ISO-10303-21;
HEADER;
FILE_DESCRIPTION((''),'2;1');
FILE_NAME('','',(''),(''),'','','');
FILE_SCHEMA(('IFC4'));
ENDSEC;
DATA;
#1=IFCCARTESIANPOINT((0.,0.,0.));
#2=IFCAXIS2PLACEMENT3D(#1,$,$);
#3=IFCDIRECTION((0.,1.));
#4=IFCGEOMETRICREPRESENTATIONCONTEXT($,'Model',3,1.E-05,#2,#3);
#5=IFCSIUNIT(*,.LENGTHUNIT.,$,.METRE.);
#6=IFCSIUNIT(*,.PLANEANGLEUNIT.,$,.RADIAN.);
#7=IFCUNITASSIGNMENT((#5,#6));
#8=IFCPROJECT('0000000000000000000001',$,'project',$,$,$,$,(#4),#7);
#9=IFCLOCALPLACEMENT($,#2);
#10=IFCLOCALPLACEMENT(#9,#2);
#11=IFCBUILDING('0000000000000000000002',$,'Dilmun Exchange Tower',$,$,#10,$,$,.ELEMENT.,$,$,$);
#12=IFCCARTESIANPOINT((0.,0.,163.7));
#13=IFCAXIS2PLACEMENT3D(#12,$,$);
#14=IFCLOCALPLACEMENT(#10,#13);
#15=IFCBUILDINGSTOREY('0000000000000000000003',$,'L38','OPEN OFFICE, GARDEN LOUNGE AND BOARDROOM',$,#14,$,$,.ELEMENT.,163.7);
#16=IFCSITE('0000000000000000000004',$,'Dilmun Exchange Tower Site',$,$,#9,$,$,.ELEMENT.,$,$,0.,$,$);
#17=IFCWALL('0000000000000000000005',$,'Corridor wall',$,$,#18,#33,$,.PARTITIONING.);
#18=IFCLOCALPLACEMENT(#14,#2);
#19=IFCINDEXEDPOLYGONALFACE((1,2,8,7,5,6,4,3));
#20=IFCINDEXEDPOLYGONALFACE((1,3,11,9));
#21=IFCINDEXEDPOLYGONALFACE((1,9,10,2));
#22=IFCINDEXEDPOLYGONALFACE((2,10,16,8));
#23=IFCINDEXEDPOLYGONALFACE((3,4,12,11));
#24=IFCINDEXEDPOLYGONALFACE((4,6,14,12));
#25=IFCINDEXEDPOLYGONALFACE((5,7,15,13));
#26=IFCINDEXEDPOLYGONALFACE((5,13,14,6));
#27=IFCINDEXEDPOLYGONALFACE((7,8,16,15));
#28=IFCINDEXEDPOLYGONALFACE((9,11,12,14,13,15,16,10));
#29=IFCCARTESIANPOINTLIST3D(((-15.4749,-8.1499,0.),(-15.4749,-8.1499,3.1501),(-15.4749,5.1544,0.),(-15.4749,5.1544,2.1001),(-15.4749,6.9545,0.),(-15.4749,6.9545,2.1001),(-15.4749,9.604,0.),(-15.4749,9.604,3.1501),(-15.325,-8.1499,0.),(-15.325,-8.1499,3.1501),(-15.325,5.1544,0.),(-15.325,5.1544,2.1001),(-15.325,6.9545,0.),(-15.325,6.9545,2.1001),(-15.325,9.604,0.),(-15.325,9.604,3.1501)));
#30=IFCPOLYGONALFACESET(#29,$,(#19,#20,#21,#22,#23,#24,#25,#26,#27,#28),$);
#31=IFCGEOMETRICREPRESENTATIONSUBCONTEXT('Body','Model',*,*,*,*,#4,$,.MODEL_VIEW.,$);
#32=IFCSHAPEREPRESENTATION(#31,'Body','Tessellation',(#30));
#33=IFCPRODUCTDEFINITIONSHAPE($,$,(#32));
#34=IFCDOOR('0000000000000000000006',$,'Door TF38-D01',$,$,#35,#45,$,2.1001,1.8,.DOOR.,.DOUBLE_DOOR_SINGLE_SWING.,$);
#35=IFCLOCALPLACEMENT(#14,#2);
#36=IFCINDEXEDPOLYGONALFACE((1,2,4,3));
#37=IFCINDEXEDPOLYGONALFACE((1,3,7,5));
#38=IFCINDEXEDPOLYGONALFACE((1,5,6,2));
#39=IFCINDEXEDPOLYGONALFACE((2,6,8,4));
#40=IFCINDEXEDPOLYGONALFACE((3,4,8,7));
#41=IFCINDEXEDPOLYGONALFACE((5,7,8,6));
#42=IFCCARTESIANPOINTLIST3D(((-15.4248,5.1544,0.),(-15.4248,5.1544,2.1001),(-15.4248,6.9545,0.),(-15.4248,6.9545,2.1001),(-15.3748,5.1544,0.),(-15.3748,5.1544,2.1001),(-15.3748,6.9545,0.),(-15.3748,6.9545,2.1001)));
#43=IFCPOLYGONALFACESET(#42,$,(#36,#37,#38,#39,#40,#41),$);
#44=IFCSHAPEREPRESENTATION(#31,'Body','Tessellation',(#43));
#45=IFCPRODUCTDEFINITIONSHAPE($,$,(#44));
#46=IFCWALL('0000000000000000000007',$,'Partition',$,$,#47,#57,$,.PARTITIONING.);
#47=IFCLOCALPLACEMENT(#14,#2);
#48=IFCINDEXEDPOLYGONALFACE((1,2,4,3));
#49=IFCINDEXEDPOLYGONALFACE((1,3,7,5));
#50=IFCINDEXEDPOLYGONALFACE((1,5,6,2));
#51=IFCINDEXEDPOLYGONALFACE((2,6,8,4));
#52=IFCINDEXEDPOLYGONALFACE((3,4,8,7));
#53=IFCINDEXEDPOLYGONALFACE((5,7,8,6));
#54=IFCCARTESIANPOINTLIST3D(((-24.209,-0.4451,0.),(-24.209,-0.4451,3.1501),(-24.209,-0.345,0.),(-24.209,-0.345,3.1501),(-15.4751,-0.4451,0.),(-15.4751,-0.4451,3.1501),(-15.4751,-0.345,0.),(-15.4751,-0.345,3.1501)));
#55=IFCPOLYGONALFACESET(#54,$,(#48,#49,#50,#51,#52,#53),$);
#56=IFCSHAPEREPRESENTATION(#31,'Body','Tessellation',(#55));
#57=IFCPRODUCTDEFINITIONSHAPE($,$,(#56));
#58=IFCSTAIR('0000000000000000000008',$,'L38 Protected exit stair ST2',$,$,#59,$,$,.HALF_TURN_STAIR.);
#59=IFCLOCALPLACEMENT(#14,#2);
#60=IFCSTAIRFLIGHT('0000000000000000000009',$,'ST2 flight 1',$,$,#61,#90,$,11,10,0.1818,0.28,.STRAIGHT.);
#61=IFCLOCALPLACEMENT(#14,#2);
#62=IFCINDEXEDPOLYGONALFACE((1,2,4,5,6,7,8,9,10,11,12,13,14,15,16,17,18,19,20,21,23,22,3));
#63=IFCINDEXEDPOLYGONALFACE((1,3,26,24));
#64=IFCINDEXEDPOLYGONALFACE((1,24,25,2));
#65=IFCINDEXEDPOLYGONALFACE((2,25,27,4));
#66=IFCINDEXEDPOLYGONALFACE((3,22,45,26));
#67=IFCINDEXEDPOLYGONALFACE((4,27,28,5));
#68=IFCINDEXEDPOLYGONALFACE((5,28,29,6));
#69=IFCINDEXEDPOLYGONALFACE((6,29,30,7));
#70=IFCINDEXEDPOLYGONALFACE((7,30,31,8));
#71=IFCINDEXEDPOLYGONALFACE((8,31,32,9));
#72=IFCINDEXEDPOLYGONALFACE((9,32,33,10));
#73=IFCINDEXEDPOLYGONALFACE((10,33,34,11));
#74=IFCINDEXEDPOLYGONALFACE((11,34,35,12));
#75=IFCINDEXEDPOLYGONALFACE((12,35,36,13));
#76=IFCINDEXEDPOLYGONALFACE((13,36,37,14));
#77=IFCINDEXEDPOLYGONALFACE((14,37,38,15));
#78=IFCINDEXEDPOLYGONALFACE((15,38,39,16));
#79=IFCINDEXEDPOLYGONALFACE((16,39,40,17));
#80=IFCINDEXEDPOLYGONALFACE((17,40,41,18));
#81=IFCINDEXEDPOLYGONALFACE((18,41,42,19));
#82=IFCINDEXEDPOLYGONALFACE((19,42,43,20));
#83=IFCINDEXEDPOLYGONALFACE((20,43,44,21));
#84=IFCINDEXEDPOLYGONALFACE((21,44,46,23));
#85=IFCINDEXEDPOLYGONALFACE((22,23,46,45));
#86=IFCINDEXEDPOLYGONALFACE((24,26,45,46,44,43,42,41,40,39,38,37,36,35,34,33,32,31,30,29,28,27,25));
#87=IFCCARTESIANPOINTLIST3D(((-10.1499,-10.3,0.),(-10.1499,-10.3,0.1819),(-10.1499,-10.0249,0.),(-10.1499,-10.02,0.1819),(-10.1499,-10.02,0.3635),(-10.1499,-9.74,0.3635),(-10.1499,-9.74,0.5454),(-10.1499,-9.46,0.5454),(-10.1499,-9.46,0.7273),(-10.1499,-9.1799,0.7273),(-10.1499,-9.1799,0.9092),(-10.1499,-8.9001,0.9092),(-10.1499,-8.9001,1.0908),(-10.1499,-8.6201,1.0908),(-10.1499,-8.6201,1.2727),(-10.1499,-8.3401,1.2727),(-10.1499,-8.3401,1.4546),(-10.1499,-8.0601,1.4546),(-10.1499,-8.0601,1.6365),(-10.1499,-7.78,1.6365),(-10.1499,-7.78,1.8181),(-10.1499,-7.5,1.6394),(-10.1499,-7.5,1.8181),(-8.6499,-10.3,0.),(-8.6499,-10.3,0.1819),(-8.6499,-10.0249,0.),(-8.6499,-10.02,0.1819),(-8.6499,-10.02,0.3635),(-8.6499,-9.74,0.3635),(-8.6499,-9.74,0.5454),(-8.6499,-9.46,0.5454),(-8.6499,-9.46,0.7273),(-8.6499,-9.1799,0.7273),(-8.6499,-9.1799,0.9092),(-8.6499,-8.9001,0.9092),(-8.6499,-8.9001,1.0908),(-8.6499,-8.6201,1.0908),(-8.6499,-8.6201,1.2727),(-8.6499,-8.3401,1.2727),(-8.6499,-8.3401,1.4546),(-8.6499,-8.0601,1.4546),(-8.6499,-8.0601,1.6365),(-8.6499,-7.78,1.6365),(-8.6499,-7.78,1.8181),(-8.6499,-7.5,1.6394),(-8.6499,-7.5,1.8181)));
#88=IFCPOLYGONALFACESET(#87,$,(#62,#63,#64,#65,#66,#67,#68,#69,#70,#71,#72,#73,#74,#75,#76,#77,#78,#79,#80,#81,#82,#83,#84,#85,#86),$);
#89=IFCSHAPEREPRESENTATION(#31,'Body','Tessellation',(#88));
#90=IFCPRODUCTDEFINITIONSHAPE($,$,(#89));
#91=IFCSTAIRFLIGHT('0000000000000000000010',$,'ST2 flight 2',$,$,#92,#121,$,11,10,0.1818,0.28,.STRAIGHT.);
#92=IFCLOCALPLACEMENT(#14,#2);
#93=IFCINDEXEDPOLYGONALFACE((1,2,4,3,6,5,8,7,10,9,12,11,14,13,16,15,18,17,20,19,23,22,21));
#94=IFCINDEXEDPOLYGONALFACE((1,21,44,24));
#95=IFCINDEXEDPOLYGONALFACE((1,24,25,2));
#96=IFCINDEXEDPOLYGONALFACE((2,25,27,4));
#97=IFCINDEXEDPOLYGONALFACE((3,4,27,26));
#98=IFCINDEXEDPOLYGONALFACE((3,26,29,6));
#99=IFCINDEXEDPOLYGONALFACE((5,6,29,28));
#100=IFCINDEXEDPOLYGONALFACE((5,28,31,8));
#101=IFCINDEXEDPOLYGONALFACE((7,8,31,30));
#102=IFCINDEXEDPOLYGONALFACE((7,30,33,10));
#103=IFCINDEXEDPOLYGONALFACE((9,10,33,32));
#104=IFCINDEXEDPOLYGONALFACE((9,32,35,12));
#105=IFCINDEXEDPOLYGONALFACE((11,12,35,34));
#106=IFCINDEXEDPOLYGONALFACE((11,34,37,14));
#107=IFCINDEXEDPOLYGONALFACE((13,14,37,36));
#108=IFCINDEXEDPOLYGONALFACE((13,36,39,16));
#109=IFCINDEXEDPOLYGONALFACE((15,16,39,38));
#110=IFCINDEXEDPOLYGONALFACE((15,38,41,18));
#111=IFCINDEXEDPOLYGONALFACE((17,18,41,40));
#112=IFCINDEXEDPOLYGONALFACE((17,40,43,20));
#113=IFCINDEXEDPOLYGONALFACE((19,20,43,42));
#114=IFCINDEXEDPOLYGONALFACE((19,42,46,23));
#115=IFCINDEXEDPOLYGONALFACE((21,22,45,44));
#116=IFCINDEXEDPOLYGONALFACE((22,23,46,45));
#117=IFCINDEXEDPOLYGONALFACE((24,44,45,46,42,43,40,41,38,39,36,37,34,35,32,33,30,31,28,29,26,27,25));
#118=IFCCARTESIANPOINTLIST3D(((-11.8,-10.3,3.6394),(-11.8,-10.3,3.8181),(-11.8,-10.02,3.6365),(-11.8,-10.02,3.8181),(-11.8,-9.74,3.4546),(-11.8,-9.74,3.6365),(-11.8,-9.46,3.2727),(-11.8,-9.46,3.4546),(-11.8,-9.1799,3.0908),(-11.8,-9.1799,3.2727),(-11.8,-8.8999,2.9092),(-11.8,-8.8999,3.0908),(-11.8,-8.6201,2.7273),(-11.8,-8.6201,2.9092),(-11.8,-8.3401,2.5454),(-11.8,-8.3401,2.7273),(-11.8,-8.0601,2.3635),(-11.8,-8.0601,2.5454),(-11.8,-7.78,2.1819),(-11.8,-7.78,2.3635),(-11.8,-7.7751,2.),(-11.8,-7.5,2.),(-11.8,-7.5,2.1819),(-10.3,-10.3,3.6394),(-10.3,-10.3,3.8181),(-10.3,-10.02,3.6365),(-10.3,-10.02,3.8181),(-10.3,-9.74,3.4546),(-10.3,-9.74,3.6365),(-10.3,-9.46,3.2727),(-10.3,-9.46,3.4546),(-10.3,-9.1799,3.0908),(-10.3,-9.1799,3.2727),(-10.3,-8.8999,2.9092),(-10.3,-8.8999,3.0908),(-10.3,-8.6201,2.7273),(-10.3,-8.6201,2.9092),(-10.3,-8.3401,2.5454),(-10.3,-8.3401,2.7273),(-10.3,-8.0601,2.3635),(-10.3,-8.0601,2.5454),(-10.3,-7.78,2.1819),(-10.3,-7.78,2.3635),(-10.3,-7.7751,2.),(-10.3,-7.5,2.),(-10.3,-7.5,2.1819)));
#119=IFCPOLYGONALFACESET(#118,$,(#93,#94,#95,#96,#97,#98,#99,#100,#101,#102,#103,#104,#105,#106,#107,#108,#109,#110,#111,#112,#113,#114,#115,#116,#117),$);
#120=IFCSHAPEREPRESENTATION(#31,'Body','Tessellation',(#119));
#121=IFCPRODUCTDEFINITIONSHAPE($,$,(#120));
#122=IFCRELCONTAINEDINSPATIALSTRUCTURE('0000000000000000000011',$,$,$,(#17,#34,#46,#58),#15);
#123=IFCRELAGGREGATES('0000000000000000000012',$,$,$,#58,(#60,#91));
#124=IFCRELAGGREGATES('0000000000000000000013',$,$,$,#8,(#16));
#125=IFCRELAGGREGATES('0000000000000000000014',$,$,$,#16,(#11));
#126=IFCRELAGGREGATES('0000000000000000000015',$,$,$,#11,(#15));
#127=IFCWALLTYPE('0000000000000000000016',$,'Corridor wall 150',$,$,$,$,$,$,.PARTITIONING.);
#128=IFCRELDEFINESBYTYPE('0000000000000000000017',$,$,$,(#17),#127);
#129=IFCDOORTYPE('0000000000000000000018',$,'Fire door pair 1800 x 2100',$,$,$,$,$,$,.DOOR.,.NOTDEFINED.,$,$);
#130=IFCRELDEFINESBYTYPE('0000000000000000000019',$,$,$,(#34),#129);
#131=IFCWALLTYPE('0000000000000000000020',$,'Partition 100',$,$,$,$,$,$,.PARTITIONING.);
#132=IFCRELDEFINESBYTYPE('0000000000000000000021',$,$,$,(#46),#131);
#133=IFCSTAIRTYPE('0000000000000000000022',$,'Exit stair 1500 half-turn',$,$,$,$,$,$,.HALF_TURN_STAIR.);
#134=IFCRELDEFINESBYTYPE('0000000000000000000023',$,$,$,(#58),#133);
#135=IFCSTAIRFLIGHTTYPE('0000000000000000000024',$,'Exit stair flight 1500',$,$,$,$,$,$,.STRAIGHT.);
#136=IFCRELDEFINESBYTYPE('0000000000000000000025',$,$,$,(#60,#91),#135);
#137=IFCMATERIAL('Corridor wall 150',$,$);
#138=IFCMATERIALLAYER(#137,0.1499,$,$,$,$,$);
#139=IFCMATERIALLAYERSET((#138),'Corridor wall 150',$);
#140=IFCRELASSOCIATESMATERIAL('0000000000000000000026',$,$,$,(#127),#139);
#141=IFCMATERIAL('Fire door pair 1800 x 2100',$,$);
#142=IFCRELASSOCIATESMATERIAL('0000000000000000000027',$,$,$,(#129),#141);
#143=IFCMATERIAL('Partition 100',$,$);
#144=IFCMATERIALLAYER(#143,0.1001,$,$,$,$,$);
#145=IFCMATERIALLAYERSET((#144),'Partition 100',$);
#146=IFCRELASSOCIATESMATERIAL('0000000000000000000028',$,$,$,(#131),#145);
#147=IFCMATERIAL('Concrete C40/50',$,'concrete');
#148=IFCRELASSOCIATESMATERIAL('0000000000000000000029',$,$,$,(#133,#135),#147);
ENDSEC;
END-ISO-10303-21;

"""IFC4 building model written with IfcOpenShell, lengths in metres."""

from ifc_helpers import new_model, si_unit, direction, frame, frame_2d, origin, place, context, subcontext, project, spatial, polyline, rectangle, outline, extrude, material, layer, layer_set, type_object, element, fill, aggregate, save


model = new_model("IFC4")

# Units and contexts
model_context = context("Model", 3, precision=1e-05, world=origin(), true_north=direction((0.0, 1.0)))
body_context = subcontext(model_context, "Body", "Model", "MODEL_VIEW")
ifc_project = project(units=[si_unit("LENGTHUNIT", "METRE"), si_unit("PLANEANGLEUNIT", "RADIAN")], contexts=[model_context])

# Site, building, storey
site_placement = place(None, origin())
site = spatial("IfcSite", under=ifc_project, at=site_placement, Name="Dilmun Exchange Tower Site", CompositionType="ELEMENT", RefElevation=0.0)
building_placement = place(site_placement, origin())
building = spatial("IfcBuilding", under=site, at=building_placement, Name="Dilmun Exchange Tower", CompositionType="ELEMENT")
storey_placement = place(building_placement, frame((0.0, 0.0, 163.7)))
storey = spatial("IfcBuildingStorey", under=building, at=storey_placement, Name="L38", Description="OPEN OFFICE, GARDEN LOUNGE AND BOARDROOM", CompositionType="ELEMENT", Elevation=163.7)

# Shared definitions
ifc_material_1 = material(Name="Concrete C40/50", Category="concrete")

# Shared definitions
ifc_material_2 = material(Name="Corridor wall 150")
ifc_layer_1 = layer(ifc_material_2, 0.1499)
ifc_layer_set_1 = layer_set([ifc_layer_1], Name="Corridor wall 150")
wall_type_1 = type_object("IfcWallType", Name="Corridor wall 150", PredefinedType="PARTITIONING", material=ifc_layer_set_1)

# Wall, opening, door
wall_1_placement = place(storey_placement, frame((-15.3999, -8.1499, 0.0), z_axis=(0.0, 0.0, 1.0), x_axis=(0.0, 1.0, 0.0)))
wall_1 = element("IfcWall", 1, at=wall_1_placement, inside=storey, type_object=wall_type_1, Name="Corridor wall", PredefinedType="PARTITIONING", context=body_context, shape_type="SweptSolid", body=[
    extrude(rectangle(XDim=17.7539, YDim=0.1499, at=frame_2d((8.877, 0.0))), origin(), (0.0, 0.0, 1.0), 3.1501),
])
opening_1_placement = place(wall_1_placement, frame((13.3044, 0.0, 0.0)))
opening_1 = element("IfcOpeningElement", 2, at=opening_1_placement, cuts=wall_1, PredefinedType="OPENING", context=body_context, shape_type="SweptSolid", body=[
    extrude(rectangle(XDim=1.8, YDim=2.1001, at=frame_2d((0.8999, 1.05))), frame((0.0, 0.085, 0.0), z_axis=(0.0, -1.0, 0.0), x_axis=(1.0, 0.0, 0.0)), (0.0, 0.0, 1.0), 0.1699),
])
ifc_material_3 = material(Name="Fire door pair 1800 x 2100")
door_type_1 = type_object("IfcDoorType", Name="Fire door pair 1800 x 2100", OperationType="NOTDEFINED", PredefinedType="DOOR", material=ifc_material_3)
door_1_placement = place(opening_1_placement, origin())
door_1 = element("IfcDoor", 3, at=door_1_placement, inside=storey, type_object=door_type_1, Name="Door TF38-D01", OperationType="DOUBLE_DOOR_SINGLE_SWING", OverallHeight=2.1001, OverallWidth=1.8, PredefinedType="DOOR", context=body_context, shape_type="SweptSolid", body=[
    extrude(rectangle(XDim=1.8, YDim=2.1001, at=frame_2d((0.8999, 1.05))), frame((0.0, 0.0249, 0.0), z_axis=(0.0, -1.0, 0.0), x_axis=(1.0, 0.0, 0.0)), (0.0, 0.0, 1.0), 0.05),
])
fill(opening_1, door_1)

# Wall
ifc_material_4 = material(Name="Partition 100")
ifc_layer_2 = layer(ifc_material_4, 0.1001)
ifc_layer_set_2 = layer_set([ifc_layer_2], Name="Partition 100")
wall_type_2 = type_object("IfcWallType", Name="Partition 100", PredefinedType="PARTITIONING", material=ifc_layer_set_2)
wall_2_placement = place(storey_placement, frame((-24.209, -0.395, 0.0), z_axis=(0.0, 0.0, 1.0), x_axis=(1.0, 0.0, 0.0)))
element("IfcWall", 4, at=wall_2_placement, inside=storey, type_object=wall_type_2, Name="Partition", PredefinedType="PARTITIONING", context=body_context, shape_type="SweptSolid", body=[
    extrude(rectangle(XDim=8.7339, YDim=0.1001, at=frame_2d((4.3669, 0.0))), origin(), (0.0, 0.0, 1.0), 3.1501),
])

# Stair, stair flights
stair_type = type_object("IfcStairType", Name="Exit stair 1500 half-turn", PredefinedType="HALF_TURN_STAIR", material=ifc_material_1)
stair_placement = place(storey_placement, origin())
stair = element("IfcStair", 5, at=stair_placement, inside=storey, type_object=stair_type, Name="L38 Protected exit stair ST2", PredefinedType="HALF_TURN_STAIR")
stair_flight_type = type_object("IfcStairFlightType", Name="Exit stair flight 1500", PredefinedType="STRAIGHT", material=ifc_material_1)
stair_flight_1_placement = place(storey_placement, frame((-9.3999, -10.3, 0.0), z_axis=(0.0, 0.0, 1.0), x_axis=(0.0, 1.0, 0.0)))
stair_flight_1 = element("IfcStairFlight", 6, at=stair_flight_1_placement, type_object=stair_flight_type, Name="ST2 flight 1", NumberOfRisers=11, NumberOfTreads=10, PredefinedType="STRAIGHT", RiserHeight=0.1818, TreadLength=0.28, context=body_context, shape_type="SweptSolid", body=[
    extrude(outline(polyline([(0.0, 0.0), (0.0, 0.1819), (0.28, 0.1819), (0.28, 0.3635), (0.5601, 0.3635), (0.5601, 0.5454), (0.8401, 0.5454), (0.8401, 0.7273), (1.1201, 0.7273), (1.1201, 0.9092), (1.3999, 0.9092), (1.3999, 1.0908), (1.6799, 1.0908), (1.6799, 1.2727), (1.96, 1.2727), (1.96, 1.4546), (2.24, 1.4546), (2.24, 1.6365), (2.52, 1.6365), (2.52, 1.8181), (2.8, 1.8181), (2.8, 2.0), (2.8, 1.6394), (0.2751, 0.0), (0.0, 0.0)])), frame((0.0, 0.75, 0.0), z_axis=(0.0, -1.0, 0.0), x_axis=(1.0, 0.0, 0.0)), (0.0, 0.0, 1.0), 1.5),
])
stair_flight_2_placement = place(storey_placement, frame((-11.05, -7.5, 2.0), z_axis=(0.0, 0.0, 1.0), x_axis=(0.0, -1.0, 0.0)))
stair_flight_2 = element("IfcStairFlight", 7, at=stair_flight_2_placement, type_object=stair_flight_type, Name="ST2 flight 2", NumberOfRisers=11, NumberOfTreads=10, PredefinedType="STRAIGHT", RiserHeight=0.1818, TreadLength=0.28, context=body_context, shape_type="SweptSolid", body=[
    extrude(outline(polyline([(0.0, 0.0), (0.0, 0.1819), (0.28, 0.1819), (0.28, 0.3635), (0.5601, 0.3635), (0.5601, 0.5454), (0.8401, 0.5454), (0.8401, 0.7273), (1.1201, 0.7273), (1.1201, 0.9092), (1.3999, 0.9092), (1.3999, 1.0908), (1.6799, 1.0908), (1.6799, 1.2727), (1.96, 1.2727), (1.96, 1.4546), (2.24, 1.4546), (2.24, 1.6365), (2.52, 1.6365), (2.52, 1.8181), (2.8, 1.8181), (2.8, 2.0), (2.8, 1.6394), (0.2751, 0.0), (0.0, 0.0)])), frame((0.0, 0.75, 0.0), z_axis=(0.0, -1.0, 0.0), x_axis=(1.0, 0.0, 0.0)), (0.0, 0.0, 1.0), 1.5),
])
aggregate(stair, [stair_flight_1, stair_flight_2])

save(model, "model.ifc")
